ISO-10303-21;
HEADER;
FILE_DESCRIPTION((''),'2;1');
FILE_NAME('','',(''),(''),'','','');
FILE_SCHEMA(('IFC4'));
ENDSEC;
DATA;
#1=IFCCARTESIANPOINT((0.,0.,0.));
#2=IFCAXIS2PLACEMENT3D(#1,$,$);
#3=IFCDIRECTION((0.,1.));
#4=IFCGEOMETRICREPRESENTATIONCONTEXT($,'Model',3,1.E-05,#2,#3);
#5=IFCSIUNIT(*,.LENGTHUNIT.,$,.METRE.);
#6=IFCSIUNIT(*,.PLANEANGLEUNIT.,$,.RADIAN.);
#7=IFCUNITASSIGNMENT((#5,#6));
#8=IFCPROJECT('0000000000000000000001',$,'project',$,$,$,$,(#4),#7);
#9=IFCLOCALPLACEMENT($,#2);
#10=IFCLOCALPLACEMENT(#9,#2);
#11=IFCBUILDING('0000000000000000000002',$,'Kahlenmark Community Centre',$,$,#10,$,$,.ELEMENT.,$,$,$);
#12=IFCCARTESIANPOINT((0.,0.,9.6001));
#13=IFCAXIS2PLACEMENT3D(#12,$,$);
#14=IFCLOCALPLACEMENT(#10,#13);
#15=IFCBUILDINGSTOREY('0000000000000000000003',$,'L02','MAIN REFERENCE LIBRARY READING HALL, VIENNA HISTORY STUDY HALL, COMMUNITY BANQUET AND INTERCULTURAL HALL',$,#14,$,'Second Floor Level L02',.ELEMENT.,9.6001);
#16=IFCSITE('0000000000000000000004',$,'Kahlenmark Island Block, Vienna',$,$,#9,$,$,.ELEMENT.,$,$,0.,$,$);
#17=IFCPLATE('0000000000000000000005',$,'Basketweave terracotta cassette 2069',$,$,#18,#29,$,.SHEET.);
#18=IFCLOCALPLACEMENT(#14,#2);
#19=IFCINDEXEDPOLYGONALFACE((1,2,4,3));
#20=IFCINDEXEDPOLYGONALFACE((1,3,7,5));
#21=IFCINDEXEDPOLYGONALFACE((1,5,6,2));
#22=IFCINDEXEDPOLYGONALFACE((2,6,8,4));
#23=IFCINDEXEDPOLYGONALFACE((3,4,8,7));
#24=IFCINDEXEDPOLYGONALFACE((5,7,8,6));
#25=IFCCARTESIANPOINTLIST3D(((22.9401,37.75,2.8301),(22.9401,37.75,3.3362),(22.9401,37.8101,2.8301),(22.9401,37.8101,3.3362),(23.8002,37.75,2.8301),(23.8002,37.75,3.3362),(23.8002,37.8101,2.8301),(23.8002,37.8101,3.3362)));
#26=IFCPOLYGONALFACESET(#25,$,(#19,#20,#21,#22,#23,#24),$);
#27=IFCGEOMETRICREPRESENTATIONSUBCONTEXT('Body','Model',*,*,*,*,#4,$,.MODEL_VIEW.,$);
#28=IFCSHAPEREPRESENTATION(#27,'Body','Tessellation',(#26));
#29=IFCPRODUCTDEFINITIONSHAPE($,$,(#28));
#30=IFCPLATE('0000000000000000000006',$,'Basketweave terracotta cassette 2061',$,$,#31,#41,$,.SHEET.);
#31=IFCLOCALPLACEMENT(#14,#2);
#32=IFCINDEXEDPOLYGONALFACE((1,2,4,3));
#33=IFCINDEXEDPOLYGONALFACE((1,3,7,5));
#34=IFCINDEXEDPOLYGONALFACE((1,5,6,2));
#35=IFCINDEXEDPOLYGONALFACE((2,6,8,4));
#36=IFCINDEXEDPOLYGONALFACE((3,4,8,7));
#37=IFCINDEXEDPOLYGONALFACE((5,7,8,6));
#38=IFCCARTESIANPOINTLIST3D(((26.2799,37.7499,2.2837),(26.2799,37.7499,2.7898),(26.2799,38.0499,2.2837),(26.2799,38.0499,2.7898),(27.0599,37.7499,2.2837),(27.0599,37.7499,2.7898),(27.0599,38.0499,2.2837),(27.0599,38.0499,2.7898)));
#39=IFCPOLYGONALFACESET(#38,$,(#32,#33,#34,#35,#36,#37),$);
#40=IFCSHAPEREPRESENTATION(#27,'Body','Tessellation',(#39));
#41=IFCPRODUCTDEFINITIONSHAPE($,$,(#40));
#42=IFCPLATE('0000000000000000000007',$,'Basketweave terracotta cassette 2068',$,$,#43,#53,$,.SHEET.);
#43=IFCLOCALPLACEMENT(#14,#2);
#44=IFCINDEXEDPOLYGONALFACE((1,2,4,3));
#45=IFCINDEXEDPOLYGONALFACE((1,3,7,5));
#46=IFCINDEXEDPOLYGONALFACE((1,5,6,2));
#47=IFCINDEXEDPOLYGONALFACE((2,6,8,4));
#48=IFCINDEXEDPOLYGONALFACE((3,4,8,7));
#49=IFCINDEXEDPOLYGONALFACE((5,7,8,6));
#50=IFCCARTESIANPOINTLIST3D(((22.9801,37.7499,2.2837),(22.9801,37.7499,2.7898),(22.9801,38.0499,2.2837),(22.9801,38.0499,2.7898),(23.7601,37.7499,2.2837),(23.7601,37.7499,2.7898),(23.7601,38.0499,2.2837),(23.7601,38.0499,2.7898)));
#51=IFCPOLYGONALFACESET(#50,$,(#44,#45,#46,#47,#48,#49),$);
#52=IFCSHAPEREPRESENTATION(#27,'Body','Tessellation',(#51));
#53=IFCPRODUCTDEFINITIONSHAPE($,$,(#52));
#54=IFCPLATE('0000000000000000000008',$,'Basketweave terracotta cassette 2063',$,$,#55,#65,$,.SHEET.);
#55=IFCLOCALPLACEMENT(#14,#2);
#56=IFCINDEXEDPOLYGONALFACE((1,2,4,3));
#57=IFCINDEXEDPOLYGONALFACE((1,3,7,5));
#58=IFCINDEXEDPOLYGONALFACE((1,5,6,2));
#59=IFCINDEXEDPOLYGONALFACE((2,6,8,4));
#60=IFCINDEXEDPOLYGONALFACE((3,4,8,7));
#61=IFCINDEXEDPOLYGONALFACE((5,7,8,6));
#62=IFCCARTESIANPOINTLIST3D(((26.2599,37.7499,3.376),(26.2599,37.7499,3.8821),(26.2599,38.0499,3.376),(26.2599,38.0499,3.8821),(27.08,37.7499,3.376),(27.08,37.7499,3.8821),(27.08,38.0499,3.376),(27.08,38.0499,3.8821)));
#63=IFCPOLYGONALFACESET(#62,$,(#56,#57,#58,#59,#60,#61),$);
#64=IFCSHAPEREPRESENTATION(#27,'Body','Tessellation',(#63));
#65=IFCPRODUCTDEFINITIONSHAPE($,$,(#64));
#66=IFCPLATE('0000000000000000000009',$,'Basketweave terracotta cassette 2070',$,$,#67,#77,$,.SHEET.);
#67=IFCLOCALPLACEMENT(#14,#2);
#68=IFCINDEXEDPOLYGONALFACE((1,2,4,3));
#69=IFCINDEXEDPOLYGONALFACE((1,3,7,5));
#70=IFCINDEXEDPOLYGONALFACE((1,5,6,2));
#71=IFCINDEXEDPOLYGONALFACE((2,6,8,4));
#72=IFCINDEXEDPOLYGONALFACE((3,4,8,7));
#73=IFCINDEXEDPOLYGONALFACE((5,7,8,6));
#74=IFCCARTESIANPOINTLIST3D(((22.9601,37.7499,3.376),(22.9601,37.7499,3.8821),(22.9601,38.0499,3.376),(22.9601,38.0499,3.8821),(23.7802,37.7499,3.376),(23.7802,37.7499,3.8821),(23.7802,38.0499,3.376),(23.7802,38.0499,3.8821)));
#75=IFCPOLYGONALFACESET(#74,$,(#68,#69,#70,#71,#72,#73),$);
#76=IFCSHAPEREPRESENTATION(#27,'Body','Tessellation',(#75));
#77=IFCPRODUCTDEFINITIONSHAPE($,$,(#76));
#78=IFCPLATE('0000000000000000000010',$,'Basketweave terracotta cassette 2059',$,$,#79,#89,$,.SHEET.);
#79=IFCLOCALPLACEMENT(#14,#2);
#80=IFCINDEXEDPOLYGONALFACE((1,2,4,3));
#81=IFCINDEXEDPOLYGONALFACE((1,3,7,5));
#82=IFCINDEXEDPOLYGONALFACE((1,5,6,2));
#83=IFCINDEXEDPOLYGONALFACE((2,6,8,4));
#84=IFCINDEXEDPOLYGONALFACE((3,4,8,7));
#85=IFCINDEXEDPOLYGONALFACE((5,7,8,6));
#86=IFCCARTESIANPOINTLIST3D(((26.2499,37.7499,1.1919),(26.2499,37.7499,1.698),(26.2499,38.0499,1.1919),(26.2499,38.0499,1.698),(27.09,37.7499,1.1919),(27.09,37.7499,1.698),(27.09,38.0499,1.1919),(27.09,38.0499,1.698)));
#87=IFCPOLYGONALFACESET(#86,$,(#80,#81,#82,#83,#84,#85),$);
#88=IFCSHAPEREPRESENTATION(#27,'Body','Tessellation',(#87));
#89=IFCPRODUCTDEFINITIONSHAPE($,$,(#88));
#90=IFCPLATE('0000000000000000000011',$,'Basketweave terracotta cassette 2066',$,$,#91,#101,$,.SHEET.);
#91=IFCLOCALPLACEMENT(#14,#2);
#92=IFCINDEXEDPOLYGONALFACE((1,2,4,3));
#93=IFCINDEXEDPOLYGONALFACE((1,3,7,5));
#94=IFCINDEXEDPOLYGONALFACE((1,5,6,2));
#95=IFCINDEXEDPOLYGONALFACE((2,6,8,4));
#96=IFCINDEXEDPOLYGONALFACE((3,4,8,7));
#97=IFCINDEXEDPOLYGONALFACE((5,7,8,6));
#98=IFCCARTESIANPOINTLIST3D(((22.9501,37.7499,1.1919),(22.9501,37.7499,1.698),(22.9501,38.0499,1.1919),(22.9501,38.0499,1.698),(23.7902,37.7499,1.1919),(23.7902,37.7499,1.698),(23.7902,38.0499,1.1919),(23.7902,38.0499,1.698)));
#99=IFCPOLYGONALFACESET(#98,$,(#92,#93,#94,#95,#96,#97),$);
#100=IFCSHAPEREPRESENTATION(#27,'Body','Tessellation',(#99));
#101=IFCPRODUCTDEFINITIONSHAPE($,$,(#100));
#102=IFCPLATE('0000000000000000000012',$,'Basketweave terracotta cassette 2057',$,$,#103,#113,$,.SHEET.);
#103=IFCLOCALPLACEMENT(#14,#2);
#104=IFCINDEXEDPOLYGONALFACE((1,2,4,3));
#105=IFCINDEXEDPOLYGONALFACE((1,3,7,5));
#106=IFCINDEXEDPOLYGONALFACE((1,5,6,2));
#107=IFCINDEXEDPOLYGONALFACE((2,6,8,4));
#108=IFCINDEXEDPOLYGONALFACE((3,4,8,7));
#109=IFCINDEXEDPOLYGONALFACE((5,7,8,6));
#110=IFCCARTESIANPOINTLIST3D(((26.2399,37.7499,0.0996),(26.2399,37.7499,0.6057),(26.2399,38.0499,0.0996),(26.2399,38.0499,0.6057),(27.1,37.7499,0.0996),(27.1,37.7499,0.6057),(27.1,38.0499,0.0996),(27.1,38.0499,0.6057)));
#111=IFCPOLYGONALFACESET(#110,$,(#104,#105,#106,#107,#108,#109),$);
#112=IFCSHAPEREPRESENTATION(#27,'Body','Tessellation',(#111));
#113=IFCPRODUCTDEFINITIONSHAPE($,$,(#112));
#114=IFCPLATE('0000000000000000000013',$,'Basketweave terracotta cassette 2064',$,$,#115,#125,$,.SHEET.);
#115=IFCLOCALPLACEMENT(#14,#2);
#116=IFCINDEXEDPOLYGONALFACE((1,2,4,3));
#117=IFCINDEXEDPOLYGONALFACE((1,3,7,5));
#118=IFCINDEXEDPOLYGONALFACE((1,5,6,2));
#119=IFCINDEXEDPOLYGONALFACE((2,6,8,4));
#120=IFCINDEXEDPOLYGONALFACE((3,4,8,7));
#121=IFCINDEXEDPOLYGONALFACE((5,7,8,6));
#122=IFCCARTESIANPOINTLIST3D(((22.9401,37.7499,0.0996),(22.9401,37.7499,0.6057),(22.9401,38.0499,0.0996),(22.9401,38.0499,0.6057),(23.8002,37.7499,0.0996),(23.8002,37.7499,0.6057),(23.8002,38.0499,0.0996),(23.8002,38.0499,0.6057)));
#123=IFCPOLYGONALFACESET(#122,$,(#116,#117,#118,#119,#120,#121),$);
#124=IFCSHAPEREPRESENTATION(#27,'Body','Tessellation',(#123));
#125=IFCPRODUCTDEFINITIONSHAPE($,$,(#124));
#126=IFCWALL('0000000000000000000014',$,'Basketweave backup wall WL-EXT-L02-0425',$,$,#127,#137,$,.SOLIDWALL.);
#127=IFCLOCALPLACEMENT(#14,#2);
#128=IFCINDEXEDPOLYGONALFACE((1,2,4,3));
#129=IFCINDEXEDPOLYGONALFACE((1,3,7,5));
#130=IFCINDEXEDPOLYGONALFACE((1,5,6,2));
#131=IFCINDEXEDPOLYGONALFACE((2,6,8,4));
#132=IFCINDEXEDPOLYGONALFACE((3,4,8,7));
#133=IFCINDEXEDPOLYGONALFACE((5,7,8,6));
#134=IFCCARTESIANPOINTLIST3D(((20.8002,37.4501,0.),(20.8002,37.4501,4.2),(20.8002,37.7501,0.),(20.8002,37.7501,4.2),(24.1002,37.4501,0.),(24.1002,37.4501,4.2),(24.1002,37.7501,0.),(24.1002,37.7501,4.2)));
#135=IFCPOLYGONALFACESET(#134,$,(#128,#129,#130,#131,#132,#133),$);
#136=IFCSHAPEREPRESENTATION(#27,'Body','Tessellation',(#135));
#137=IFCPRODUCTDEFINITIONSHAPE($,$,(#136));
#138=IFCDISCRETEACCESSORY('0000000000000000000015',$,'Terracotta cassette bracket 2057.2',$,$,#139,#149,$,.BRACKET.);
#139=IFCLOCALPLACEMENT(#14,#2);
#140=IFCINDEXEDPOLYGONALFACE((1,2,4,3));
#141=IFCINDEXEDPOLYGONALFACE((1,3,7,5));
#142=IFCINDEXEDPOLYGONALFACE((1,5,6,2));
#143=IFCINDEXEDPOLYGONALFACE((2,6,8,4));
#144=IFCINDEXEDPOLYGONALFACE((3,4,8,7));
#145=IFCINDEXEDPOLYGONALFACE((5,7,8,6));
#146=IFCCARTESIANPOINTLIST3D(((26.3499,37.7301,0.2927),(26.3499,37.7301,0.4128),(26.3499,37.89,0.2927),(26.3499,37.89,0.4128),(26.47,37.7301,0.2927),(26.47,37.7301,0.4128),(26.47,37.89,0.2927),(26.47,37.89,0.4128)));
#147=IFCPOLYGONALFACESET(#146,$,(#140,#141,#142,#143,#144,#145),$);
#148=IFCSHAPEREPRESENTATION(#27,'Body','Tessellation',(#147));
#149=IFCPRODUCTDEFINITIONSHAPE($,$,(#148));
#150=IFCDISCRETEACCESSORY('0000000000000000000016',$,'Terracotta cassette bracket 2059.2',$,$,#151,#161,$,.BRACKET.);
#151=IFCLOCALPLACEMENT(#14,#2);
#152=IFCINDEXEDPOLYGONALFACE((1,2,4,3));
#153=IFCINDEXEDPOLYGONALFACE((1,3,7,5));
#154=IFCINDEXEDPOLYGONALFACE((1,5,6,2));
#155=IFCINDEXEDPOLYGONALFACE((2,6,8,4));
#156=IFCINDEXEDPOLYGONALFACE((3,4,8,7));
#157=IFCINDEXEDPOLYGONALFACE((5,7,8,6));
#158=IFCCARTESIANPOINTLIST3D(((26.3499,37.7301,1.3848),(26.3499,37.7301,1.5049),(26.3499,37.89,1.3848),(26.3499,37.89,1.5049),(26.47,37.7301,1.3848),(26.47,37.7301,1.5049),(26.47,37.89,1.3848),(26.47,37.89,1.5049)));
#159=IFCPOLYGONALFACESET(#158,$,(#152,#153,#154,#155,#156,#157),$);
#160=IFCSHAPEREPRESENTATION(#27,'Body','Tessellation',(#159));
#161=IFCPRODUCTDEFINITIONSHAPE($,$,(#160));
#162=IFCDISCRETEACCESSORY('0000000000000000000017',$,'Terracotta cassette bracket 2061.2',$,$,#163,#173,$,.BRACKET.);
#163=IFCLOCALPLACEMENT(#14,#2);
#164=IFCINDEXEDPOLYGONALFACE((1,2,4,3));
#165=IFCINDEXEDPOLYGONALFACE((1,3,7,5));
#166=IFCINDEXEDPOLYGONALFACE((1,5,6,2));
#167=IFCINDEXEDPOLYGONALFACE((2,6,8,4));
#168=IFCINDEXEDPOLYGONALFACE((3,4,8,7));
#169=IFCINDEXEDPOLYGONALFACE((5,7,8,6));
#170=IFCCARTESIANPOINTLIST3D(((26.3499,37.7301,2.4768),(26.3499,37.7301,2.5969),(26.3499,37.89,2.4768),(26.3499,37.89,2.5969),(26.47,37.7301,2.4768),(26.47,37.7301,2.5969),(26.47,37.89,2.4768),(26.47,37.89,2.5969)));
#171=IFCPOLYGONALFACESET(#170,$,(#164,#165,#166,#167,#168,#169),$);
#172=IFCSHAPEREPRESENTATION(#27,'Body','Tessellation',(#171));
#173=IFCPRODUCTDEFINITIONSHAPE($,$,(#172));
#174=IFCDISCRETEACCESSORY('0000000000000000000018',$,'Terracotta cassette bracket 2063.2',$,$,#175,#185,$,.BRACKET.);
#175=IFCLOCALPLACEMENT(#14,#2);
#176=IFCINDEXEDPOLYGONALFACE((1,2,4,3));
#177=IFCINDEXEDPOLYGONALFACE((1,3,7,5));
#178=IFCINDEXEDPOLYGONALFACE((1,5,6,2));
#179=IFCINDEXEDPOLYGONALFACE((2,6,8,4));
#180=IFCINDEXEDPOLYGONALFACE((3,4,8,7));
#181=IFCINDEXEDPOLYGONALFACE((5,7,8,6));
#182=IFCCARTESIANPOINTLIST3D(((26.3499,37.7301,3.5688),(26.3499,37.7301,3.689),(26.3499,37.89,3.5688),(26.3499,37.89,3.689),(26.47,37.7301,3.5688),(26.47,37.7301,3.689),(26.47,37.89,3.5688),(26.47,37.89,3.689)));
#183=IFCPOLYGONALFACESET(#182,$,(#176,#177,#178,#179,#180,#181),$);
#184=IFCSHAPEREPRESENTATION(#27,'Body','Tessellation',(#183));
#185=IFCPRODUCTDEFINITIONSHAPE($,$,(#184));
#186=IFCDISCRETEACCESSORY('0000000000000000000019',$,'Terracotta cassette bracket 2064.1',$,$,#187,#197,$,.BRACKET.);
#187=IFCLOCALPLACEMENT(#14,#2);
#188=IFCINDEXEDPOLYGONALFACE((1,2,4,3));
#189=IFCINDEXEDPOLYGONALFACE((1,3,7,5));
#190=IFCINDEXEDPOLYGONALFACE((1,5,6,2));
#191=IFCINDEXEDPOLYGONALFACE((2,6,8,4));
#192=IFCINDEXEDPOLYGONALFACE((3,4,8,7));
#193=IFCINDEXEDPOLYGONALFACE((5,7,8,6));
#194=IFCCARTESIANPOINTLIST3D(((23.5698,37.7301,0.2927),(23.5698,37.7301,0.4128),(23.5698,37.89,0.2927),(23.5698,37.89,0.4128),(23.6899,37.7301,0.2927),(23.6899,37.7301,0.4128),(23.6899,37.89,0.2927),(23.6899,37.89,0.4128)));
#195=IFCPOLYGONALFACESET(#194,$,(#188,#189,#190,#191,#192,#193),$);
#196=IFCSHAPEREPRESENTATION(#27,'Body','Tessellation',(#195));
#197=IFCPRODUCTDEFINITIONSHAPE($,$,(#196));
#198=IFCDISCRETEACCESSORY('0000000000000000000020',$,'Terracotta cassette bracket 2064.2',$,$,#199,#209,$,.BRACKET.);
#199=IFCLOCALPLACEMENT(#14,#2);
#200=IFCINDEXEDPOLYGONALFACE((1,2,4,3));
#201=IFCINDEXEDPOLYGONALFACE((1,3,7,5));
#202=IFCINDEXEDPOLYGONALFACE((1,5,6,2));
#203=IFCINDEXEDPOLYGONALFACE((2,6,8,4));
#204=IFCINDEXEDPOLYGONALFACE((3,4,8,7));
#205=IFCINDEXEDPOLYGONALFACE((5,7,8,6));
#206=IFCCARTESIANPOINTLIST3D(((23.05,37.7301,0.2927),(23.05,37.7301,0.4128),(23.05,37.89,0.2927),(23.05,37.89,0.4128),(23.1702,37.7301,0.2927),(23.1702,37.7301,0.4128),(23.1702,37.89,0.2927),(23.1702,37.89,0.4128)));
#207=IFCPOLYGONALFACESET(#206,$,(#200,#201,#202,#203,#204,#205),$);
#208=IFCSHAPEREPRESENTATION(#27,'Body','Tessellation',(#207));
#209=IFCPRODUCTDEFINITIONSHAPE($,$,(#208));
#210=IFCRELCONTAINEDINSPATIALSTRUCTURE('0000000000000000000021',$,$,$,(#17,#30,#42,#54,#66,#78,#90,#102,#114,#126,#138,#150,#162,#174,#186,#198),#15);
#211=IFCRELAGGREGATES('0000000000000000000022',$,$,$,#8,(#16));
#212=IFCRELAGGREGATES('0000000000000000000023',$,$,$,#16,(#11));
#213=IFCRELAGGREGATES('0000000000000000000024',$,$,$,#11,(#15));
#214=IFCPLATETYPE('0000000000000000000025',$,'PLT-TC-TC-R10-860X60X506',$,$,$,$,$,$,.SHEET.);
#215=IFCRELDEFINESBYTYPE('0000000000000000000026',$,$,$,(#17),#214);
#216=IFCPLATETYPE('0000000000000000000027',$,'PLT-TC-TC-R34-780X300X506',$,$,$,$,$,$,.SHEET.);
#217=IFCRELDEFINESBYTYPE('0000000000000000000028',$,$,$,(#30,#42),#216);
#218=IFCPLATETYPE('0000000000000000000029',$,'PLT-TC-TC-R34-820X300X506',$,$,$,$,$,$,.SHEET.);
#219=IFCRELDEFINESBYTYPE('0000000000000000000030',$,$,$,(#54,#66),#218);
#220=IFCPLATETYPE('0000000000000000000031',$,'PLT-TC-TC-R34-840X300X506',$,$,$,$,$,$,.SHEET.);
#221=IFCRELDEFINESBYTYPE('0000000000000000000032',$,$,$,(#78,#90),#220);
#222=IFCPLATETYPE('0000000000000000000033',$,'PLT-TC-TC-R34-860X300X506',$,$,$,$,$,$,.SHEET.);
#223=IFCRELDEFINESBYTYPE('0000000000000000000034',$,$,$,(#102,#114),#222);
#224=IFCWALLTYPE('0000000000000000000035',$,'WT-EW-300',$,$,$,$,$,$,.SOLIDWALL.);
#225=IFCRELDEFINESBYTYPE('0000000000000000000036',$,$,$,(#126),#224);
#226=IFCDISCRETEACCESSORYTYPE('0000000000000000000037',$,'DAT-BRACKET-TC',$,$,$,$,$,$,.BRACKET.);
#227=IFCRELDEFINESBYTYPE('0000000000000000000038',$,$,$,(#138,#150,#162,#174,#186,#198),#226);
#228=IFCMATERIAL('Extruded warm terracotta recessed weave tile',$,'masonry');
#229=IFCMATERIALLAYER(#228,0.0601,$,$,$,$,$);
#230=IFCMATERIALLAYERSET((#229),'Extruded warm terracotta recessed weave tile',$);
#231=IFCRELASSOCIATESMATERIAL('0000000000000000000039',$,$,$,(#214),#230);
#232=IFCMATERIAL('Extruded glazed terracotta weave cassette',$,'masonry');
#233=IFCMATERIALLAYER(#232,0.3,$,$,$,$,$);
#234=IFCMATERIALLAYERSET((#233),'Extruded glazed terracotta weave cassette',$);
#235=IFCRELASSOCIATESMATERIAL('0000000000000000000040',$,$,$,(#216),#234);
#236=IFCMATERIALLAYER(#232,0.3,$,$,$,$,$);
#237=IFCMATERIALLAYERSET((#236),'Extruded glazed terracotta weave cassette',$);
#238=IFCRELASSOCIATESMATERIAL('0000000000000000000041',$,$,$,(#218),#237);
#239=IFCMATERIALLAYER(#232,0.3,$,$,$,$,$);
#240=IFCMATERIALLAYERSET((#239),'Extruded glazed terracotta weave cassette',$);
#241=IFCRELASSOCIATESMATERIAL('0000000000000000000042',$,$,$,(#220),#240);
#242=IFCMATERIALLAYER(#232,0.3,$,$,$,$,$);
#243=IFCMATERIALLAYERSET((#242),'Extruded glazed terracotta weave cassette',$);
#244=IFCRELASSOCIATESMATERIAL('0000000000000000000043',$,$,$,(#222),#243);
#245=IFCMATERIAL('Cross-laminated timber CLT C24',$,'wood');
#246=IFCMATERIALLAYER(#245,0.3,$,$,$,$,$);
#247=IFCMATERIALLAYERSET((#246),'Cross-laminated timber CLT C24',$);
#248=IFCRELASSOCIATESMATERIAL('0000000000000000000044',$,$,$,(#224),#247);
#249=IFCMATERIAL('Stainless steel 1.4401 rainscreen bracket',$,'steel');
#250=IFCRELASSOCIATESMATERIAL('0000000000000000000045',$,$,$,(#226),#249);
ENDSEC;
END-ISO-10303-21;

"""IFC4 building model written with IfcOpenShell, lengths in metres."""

from ifc_helpers import new_model, si_unit, direction, frame, frame_2d, origin, origin_2d, place, context, subcontext, project, spatial, rectangle, extrude, material, layer, layer_set, type_object, element, save


model = new_model("IFC4")

# Units and contexts
model_context = context("Model", 3, precision=1e-05, world=origin(), true_north=direction((0.0, 1.0)))
body_context = subcontext(model_context, "Body", "Model", "MODEL_VIEW")
ifc_project = project(units=[si_unit("LENGTHUNIT", "METRE"), si_unit("PLANEANGLEUNIT", "RADIAN")], contexts=[model_context])

# Site, building, storey
site_placement = place(None, origin())
site = spatial("IfcSite", under=ifc_project, at=site_placement, Name="Kahlenmark Island Block, Vienna", CompositionType="ELEMENT", RefElevation=0.0)
building_placement = place(site_placement, origin())
building = spatial("IfcBuilding", under=site, at=building_placement, Name="Kahlenmark Community Centre", CompositionType="ELEMENT")
storey_placement = place(building_placement, frame((0.0, 0.0, 9.6001)))
storey = spatial("IfcBuildingStorey", under=building, at=storey_placement, Name="L02", Description="MAIN REFERENCE LIBRARY READING HALL, VIENNA HISTORY STUDY HALL, COMMUNITY BANQUET AND INTERCULTURAL HALL", LongName="Second Floor Level L02", CompositionType="ELEMENT", Elevation=9.6001)

# Plates
ifc_material_1 = material(Name="Extruded warm terracotta recessed weave tile", Category="masonry")
ifc_layer_1 = layer(ifc_material_1, 0.0601)
ifc_layer_set_1 = layer_set([ifc_layer_1], Name="Extruded warm terracotta recessed weave tile")
plate_type_1 = type_object("IfcPlateType", Name="PLT-TC-TC-R10-860X60X506", PredefinedType="SHEET", material=ifc_layer_set_1)
for number, where, z_axis, x_axis, name in (
    (1, (23.3701, 37.78, 2.8301), (0.0, 0.0, 1.0), (-1.0, 0.0, 0.0), "Basketweave terracotta cassette 2069"),
):
    element("IfcPlate", number, at=place(storey_placement, frame(where, z_axis=z_axis, x_axis=x_axis)), inside=storey, type_object=plate_type_1, Name=name, PredefinedType="SHEET", context=body_context, shape_type="SweptSolid", body=[
        extrude(rectangle(XDim=0.8601, YDim=0.0601, at=origin_2d()), origin(), (0.0, 0.0, 1.0), 0.5061),
    ])
ifc_material_2 = material(Name="Extruded glazed terracotta weave cassette", Category="masonry")
ifc_layer_2 = layer(ifc_material_2, 0.3)
ifc_layer_set_2 = layer_set([ifc_layer_2], Name="Extruded glazed terracotta weave cassette")
plate_type_2 = type_object("IfcPlateType", Name="PLT-TC-TC-R34-780X300X506", PredefinedType="SHEET", material=ifc_layer_set_2)
for number, where, z_axis, x_axis, name in (
    (2, (26.6699, 37.8999, 2.2837), (0.0, 0.0, 1.0), (-1.0, 0.0, 0.0), "Basketweave terracotta cassette 2061"),
    (3, (23.3701, 37.8999, 2.2837), (0.0, 0.0, 1.0), (-1.0, 0.0, 0.0), "Basketweave terracotta cassette 2068"),
):
    element("IfcPlate", number, at=place(storey_placement, frame(where, z_axis=z_axis, x_axis=x_axis)), inside=storey, type_object=plate_type_2, Name=name, PredefinedType="SHEET", context=body_context, shape_type="SweptSolid", body=[
        extrude(rectangle(XDim=0.78, YDim=0.3, at=origin_2d()), origin(), (0.0, 0.0, 1.0), 0.5061),
    ])
ifc_layer_3 = layer(ifc_material_2, 0.3)
ifc_layer_set_3 = layer_set([ifc_layer_3], Name="Extruded glazed terracotta weave cassette")
plate_type_3 = type_object("IfcPlateType", Name="PLT-TC-TC-R34-820X300X506", PredefinedType="SHEET", material=ifc_layer_set_3)
for number, where, z_axis, x_axis, name in (
    (4, (26.6699, 37.8999, 3.376), (0.0, 0.0, 1.0), (-1.0, 0.0, 0.0), "Basketweave terracotta cassette 2063"),
    (5, (23.3701, 37.8999, 3.376), (0.0, 0.0, 1.0), (-1.0, 0.0, 0.0), "Basketweave terracotta cassette 2070"),
):
    element("IfcPlate", number, at=place(storey_placement, frame(where, z_axis=z_axis, x_axis=x_axis)), inside=storey, type_object=plate_type_3, Name=name, PredefinedType="SHEET", context=body_context, shape_type="SweptSolid", body=[
        extrude(rectangle(XDim=0.8201, YDim=0.3, at=origin_2d()), origin(), (0.0, 0.0, 1.0), 0.5061),
    ])
ifc_layer_4 = layer(ifc_material_2, 0.3)
ifc_layer_set_4 = layer_set([ifc_layer_4], Name="Extruded glazed terracotta weave cassette")
plate_type_4 = type_object("IfcPlateType", Name="PLT-TC-TC-R34-840X300X506", PredefinedType="SHEET", material=ifc_layer_set_4)
for number, where, z_axis, x_axis, name in (
    (6, (26.6699, 37.8999, 1.1919), (0.0, 0.0, 1.0), (-1.0, 0.0, 0.0), "Basketweave terracotta cassette 2059"),
    (7, (23.3701, 37.8999, 1.1919), (0.0, 0.0, 1.0), (-1.0, 0.0, 0.0), "Basketweave terracotta cassette 2066"),
):
    element("IfcPlate", number, at=place(storey_placement, frame(where, z_axis=z_axis, x_axis=x_axis)), inside=storey, type_object=plate_type_4, Name=name, PredefinedType="SHEET", context=body_context, shape_type="SweptSolid", body=[
        extrude(rectangle(XDim=0.8401, YDim=0.3, at=origin_2d()), origin(), (0.0, 0.0, 1.0), 0.5061),
    ])
ifc_layer_5 = layer(ifc_material_2, 0.3)
ifc_layer_set_5 = layer_set([ifc_layer_5], Name="Extruded glazed terracotta weave cassette")
plate_type_5 = type_object("IfcPlateType", Name="PLT-TC-TC-R34-860X300X506", PredefinedType="SHEET", material=ifc_layer_set_5)
for number, where, z_axis, x_axis, name in (
    (8, (26.6699, 37.8999, 0.0996), (0.0, 0.0, 1.0), (-1.0, 0.0, 0.0), "Basketweave terracotta cassette 2057"),
    (9, (23.3701, 37.8999, 0.0996), (0.0, 0.0, 1.0), (-1.0, 0.0, 0.0), "Basketweave terracotta cassette 2064"),
):
    element("IfcPlate", number, at=place(storey_placement, frame(where, z_axis=z_axis, x_axis=x_axis)), inside=storey, type_object=plate_type_5, Name=name, PredefinedType="SHEET", context=body_context, shape_type="SweptSolid", body=[
        extrude(rectangle(XDim=0.8601, YDim=0.3, at=origin_2d()), origin(), (0.0, 0.0, 1.0), 0.5061),
    ])

# Wall
ifc_material_3 = material(Name="Cross-laminated timber CLT C24", Category="wood")
ifc_layer_6 = layer(ifc_material_3, 0.3)
ifc_layer_set_6 = layer_set([ifc_layer_6], Name="Cross-laminated timber CLT C24")
wall_type = type_object("IfcWallType", Name="WT-EW-300", PredefinedType="SOLIDWALL", material=ifc_layer_set_6)
wall_placement = place(storey_placement, frame((24.1001, 37.6001, 0.0), z_axis=(0.0, 0.0, 1.0), x_axis=(-1.0, 0.0, 0.0)))
element("IfcWall", 10, at=wall_placement, inside=storey, type_object=wall_type, Name="Basketweave backup wall WL-EXT-L02-0425", PredefinedType="SOLIDWALL", context=body_context, shape_type="SweptSolid", body=[
    extrude(rectangle(XDim=3.3, YDim=0.3, at=frame_2d((1.6499, 0.0))), origin(), (0.0, 0.0, 1.0), 4.2),
])

# Discrete accessories
ifc_material_4 = material(Name="Stainless steel 1.4401 rainscreen bracket", Category="steel")
discrete_accessory_type = type_object("IfcDiscreteAccessoryType", Name="DAT-BRACKET-TC", PredefinedType="BRACKET", material=ifc_material_4)
for number, where, z_axis, x_axis, name in (
    (11, (26.4099, 37.8101, 0.2927), (0.0, 0.0, 1.0), (-1.0, 0.0, 0.0), "Terracotta cassette bracket 2057.2"),
    (12, (26.4099, 37.8101, 1.3848), (0.0, 0.0, 1.0), (-1.0, 0.0, 0.0), "Terracotta cassette bracket 2059.2"),
    (13, (26.4099, 37.8101, 2.4768), (0.0, 0.0, 1.0), (-1.0, 0.0, 0.0), "Terracotta cassette bracket 2061.2"),
    (14, (26.4099, 37.8101, 3.5688), (0.0, 0.0, 1.0), (-1.0, 0.0, 0.0), "Terracotta cassette bracket 2063.2"),
    (15, (23.6299, 37.8101, 0.2927), (0.0, 0.0, 1.0), (-1.0, 0.0, 0.0), "Terracotta cassette bracket 2064.1"),
    (16, (23.1101, 37.8101, 0.2927), (0.0, 0.0, 1.0), (-1.0, 0.0, 0.0), "Terracotta cassette bracket 2064.2"),
):
    element("IfcDiscreteAccessory", number, at=place(storey_placement, frame(where, z_axis=z_axis, x_axis=x_axis)), inside=storey, type_object=discrete_accessory_type, Name=name, PredefinedType="BRACKET", context=body_context, shape_type="SweptSolid", body=[
        extrude(rectangle(XDim=0.1201, YDim=0.1599, at=origin_2d()), origin(), (0.0, 0.0, 1.0), 0.1201),
    ])

save(model, "model.ifc")
